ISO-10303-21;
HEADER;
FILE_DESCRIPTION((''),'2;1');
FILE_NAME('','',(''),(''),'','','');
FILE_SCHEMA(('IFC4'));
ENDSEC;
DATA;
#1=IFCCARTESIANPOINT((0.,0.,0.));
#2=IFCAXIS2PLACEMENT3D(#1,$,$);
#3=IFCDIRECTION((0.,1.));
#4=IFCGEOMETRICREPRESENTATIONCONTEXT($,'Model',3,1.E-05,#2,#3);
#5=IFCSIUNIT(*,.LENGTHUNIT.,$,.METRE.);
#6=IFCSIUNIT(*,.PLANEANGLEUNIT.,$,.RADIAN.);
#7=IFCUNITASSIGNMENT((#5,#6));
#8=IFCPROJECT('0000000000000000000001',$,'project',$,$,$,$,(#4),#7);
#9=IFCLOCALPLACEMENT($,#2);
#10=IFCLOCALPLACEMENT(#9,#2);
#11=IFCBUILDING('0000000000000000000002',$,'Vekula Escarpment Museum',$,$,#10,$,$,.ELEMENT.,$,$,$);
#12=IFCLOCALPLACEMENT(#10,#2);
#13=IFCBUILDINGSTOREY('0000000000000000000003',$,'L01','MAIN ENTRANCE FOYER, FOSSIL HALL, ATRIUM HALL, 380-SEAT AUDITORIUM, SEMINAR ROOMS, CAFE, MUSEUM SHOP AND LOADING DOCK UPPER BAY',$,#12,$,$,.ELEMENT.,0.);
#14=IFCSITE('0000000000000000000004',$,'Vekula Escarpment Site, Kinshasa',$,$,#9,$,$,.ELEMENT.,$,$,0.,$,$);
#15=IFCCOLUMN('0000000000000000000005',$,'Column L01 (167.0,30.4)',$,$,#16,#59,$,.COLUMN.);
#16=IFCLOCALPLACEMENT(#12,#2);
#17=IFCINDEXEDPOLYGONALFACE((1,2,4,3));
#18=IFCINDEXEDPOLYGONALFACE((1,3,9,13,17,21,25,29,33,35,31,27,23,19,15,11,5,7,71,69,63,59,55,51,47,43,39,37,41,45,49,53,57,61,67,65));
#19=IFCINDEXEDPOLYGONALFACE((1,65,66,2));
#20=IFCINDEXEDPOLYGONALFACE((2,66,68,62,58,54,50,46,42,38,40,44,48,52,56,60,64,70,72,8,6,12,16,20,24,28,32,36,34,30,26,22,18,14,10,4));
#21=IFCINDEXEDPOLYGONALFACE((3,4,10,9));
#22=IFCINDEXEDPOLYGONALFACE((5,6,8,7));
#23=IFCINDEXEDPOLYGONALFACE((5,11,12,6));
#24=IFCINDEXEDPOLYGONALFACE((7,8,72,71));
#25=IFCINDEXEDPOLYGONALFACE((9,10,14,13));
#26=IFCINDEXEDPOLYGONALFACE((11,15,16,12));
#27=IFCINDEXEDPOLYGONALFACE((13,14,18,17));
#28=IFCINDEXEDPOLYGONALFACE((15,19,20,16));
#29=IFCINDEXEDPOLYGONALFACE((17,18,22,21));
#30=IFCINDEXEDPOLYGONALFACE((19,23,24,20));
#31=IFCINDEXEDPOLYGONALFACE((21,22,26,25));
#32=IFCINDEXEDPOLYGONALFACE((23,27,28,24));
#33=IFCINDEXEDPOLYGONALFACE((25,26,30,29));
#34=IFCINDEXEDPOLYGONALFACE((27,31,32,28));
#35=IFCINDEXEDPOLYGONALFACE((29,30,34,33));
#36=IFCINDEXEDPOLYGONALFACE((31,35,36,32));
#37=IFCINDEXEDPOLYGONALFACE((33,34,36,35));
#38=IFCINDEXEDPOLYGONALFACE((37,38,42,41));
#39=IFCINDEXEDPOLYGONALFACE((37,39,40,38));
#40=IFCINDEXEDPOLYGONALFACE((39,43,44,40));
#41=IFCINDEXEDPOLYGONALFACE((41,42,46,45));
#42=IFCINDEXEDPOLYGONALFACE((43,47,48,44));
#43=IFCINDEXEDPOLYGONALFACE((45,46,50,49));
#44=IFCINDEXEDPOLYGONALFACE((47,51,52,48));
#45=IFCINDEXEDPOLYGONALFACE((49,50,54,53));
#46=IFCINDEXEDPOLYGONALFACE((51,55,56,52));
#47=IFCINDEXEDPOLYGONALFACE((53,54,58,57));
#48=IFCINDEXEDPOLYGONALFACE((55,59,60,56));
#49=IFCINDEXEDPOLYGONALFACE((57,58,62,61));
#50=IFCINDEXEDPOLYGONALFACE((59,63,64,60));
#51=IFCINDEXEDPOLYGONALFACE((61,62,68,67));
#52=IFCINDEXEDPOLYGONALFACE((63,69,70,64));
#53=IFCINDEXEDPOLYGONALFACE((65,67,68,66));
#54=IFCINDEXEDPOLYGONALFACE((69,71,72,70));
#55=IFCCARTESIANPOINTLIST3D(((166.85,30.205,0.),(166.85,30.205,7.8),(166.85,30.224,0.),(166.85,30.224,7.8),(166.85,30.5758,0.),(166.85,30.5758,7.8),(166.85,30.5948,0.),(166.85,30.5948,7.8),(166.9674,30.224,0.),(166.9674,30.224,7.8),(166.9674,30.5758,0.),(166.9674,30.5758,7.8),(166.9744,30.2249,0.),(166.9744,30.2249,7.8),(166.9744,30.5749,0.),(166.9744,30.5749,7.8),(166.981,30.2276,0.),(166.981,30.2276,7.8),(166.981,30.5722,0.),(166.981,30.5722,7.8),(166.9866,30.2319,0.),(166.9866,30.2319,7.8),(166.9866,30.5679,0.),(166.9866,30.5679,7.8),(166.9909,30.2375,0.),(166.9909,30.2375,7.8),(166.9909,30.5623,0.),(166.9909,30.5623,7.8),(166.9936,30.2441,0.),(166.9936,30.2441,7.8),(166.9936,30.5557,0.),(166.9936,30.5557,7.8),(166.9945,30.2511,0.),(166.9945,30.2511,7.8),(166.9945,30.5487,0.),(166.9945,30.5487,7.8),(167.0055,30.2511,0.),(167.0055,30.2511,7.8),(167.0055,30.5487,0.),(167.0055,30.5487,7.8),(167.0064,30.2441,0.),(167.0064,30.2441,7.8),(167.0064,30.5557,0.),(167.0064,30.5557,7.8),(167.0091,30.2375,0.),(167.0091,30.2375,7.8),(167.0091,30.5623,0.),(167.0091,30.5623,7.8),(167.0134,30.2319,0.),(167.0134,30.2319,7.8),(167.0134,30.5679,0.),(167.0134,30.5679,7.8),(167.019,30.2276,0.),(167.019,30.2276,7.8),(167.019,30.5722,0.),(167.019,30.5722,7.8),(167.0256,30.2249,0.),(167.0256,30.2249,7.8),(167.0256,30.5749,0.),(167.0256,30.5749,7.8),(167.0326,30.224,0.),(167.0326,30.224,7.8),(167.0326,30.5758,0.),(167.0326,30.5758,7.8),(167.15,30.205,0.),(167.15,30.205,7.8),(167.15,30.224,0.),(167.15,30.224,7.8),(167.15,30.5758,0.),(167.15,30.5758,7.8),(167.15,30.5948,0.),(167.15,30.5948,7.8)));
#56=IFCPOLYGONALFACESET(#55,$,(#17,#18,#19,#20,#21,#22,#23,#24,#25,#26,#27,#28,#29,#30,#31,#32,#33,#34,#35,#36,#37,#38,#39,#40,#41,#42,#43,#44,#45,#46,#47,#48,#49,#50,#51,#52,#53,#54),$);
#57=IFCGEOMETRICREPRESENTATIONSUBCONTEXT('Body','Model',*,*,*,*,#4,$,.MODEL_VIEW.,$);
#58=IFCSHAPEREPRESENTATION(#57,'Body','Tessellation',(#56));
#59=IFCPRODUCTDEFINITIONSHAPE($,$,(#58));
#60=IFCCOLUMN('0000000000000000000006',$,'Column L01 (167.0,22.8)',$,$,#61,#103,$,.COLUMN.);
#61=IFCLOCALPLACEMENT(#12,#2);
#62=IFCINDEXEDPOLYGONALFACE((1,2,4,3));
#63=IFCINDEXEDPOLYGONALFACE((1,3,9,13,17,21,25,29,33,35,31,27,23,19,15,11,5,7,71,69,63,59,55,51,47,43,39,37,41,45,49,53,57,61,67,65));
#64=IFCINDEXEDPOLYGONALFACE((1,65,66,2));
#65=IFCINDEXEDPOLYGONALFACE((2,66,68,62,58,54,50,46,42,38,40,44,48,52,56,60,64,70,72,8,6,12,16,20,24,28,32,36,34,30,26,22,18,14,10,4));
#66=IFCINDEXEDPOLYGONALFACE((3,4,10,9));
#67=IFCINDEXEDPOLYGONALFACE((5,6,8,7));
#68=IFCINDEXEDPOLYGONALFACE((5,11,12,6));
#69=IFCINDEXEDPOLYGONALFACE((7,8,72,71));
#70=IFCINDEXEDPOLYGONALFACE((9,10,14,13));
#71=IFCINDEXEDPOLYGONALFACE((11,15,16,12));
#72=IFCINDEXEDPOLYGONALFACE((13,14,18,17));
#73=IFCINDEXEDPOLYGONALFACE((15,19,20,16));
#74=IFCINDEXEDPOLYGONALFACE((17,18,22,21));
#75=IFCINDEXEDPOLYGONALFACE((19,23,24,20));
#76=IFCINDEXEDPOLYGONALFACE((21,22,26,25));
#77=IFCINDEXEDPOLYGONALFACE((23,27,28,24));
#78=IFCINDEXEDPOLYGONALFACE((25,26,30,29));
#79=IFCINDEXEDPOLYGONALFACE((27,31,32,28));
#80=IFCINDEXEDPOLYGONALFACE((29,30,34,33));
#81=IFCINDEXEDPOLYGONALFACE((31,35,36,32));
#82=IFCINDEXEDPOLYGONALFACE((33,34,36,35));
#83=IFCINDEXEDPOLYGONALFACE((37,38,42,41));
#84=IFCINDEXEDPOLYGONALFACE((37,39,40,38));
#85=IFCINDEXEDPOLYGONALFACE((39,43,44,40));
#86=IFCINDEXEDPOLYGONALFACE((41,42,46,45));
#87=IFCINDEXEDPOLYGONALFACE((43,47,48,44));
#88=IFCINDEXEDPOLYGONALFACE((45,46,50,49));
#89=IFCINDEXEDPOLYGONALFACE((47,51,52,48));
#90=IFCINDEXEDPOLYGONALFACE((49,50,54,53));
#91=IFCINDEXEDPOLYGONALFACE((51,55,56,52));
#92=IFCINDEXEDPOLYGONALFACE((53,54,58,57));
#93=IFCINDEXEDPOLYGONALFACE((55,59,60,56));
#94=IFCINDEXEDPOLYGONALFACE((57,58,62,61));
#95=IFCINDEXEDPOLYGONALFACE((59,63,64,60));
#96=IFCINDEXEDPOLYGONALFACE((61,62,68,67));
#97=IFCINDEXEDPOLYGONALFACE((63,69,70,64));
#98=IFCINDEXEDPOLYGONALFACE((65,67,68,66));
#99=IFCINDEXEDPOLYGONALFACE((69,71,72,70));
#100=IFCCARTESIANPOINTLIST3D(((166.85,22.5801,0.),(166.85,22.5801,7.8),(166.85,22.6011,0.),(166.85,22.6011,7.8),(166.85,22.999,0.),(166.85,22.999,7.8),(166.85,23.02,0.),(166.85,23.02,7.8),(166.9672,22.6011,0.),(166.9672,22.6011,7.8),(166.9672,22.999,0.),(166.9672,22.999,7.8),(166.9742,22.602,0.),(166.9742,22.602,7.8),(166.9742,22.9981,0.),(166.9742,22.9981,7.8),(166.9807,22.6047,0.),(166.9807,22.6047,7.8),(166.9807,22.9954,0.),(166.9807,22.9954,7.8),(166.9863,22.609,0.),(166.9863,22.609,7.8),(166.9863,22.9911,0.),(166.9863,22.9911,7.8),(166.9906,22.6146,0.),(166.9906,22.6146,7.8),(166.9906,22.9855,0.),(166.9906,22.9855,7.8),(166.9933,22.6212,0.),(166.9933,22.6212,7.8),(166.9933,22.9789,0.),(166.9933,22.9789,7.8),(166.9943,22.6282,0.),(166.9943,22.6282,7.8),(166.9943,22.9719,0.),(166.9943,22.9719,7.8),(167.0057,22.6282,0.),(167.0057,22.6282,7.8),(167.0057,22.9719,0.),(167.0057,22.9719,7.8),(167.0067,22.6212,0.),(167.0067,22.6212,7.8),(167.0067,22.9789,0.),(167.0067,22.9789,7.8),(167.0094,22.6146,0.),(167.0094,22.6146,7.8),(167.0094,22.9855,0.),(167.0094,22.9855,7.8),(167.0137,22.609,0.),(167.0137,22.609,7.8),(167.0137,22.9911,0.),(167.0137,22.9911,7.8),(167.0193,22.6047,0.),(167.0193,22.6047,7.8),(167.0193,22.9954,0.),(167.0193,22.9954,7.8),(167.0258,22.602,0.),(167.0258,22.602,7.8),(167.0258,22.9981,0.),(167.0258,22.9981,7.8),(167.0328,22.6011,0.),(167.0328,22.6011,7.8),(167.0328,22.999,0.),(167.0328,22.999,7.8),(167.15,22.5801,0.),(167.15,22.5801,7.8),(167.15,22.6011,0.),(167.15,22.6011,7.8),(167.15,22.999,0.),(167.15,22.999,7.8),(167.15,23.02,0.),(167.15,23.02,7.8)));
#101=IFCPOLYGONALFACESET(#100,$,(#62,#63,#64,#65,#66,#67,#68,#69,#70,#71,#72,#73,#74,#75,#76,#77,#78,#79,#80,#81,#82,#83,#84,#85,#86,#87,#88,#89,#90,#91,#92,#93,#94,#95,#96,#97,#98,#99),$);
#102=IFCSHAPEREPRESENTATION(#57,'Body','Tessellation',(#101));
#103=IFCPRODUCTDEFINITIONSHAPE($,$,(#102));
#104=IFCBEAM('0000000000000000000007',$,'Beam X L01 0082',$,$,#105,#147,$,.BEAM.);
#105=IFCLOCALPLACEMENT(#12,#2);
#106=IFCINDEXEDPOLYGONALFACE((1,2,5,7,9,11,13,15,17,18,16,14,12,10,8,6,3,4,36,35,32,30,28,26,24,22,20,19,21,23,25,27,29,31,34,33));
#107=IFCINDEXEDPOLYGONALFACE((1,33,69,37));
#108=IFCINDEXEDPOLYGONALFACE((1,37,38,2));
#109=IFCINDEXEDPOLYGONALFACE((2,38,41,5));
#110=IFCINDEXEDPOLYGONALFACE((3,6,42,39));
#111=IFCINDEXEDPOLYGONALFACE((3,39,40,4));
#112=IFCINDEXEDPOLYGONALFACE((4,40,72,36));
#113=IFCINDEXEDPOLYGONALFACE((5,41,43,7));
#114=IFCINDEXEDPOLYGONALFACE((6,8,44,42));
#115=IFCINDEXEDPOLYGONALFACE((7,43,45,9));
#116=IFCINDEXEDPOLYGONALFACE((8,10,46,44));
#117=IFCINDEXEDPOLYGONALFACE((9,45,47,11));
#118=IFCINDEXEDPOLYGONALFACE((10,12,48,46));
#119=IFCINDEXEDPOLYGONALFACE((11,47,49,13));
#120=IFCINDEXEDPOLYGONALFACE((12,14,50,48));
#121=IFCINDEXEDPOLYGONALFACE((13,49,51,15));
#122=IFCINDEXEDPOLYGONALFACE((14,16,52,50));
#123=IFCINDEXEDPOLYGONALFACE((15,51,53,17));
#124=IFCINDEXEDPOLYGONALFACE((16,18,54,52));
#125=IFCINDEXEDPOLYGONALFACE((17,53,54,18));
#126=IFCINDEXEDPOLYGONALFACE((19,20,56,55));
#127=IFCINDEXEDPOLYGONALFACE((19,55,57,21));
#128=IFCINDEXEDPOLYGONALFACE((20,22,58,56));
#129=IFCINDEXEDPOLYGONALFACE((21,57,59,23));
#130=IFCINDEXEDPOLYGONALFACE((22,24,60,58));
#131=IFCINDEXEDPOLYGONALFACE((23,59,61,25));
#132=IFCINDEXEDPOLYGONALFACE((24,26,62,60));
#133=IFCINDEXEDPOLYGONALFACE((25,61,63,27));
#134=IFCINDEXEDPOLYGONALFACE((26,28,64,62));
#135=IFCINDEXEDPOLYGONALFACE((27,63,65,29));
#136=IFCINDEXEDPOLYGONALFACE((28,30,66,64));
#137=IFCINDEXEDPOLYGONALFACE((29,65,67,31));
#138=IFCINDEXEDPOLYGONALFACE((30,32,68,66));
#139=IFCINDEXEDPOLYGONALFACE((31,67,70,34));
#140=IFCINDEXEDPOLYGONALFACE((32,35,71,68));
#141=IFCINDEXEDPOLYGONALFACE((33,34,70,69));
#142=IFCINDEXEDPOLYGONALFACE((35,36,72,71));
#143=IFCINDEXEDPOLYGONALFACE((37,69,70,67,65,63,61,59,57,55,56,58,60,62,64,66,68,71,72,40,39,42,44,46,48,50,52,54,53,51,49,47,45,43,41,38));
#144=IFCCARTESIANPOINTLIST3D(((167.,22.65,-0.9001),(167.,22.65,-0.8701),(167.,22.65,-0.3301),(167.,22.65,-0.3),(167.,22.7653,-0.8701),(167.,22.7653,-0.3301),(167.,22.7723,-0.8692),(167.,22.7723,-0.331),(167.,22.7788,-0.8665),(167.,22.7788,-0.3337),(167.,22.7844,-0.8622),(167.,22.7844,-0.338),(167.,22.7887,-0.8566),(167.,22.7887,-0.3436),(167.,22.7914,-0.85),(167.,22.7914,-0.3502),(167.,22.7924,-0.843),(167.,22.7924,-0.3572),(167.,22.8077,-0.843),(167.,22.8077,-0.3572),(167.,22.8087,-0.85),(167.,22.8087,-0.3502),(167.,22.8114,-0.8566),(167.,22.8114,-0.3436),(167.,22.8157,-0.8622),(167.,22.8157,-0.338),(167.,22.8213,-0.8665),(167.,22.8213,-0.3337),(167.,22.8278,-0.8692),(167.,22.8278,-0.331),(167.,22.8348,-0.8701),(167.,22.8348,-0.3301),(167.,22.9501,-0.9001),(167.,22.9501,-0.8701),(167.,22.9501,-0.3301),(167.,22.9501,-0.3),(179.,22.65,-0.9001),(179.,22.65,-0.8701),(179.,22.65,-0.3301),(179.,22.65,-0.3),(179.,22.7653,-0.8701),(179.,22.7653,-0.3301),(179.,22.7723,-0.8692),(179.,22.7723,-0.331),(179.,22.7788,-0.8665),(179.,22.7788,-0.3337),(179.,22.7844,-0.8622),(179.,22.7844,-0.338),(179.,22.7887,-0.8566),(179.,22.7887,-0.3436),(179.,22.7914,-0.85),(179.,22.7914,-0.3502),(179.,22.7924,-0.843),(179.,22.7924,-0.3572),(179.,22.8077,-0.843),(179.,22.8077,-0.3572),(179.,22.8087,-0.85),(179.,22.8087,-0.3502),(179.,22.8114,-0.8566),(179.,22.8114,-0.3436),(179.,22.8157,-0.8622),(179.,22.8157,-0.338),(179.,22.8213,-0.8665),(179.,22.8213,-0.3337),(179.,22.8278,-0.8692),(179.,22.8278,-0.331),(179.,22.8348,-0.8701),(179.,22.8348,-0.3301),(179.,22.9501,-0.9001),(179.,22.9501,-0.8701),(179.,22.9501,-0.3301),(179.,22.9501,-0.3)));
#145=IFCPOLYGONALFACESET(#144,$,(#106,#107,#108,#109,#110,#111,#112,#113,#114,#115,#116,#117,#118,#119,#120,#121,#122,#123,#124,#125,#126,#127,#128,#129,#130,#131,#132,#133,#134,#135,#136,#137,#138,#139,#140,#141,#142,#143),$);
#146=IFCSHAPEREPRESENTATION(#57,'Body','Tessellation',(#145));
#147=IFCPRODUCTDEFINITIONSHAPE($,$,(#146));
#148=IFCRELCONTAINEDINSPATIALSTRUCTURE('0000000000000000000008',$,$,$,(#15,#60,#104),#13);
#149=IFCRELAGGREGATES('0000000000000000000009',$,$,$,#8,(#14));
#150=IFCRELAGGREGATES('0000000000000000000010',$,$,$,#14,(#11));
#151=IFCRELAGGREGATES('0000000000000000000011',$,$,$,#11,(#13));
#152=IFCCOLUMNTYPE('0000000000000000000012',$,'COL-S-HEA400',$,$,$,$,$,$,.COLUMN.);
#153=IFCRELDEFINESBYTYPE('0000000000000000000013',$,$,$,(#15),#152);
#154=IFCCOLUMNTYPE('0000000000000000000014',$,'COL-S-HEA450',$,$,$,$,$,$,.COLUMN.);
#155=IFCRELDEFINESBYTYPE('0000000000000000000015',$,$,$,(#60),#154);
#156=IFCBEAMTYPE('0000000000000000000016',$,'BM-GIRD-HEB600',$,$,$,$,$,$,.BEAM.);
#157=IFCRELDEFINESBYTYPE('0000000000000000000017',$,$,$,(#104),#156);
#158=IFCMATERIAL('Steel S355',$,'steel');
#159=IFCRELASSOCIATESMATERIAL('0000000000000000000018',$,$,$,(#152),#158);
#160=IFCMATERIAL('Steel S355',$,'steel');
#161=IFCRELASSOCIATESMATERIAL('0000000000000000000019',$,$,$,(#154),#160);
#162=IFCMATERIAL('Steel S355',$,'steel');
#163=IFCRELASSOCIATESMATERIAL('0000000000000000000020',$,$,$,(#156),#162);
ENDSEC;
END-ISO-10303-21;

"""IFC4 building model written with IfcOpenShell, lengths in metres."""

from ifc_helpers import new_model, si_unit, direction, frame, origin, origin_2d, place, context, subcontext, project, spatial, i_section, extrude, material, material_profile, profile_set, type_object, element, save


model = new_model("IFC4")

# Units and contexts
model_context = context("Model", 3, precision=1e-05, world=origin(), true_north=direction((0.0, 1.0)))
body_context = subcontext(model_context, "Body", "Model", "MODEL_VIEW")
ifc_project = project(units=[si_unit("LENGTHUNIT", "METRE"), si_unit("PLANEANGLEUNIT", "RADIAN")], contexts=[model_context])

# Site, building, storey
site_placement = place(None, origin())
site = spatial("IfcSite", under=ifc_project, at=site_placement, Name="Vekula Escarpment Site, Kinshasa", CompositionType="ELEMENT", RefElevation=0.0)
building_placement = place(site_placement, origin())
building = spatial("IfcBuilding", under=site, at=building_placement, Name="Vekula Escarpment Museum", CompositionType="ELEMENT")
storey_placement = place(building_placement, origin())
storey = spatial("IfcBuildingStorey", under=building, at=storey_placement, Name="L01", Description="MAIN ENTRANCE FOYER, FOSSIL HALL, ATRIUM HALL, 380-SEAT AUDITORIUM, SEMINAR ROOMS, CAFE, MUSEUM SHOP AND LOADING DOCK UPPER BAY", CompositionType="ELEMENT", Elevation=0.0)

# Columns
ifc_material_1 = material(Name="Steel S355", Category="steel")
ifc_material_profile_1 = material_profile(ifc_material_1, i_section(OverallWidth=0.3, OverallDepth=0.3899, WebThickness=0.011, FlangeThickness=0.019, FilletRadius=0.0271, at=origin_2d()), Name="HEA 400")
ifc_profile_set_1 = profile_set([ifc_material_profile_1], Name="Steel S355")
column_type_1 = type_object("IfcColumnType", Name="COL-S-HEA400", PredefinedType="COLUMN", material=ifc_profile_set_1)
column_1_placement = place(storey_placement, frame((167.0, 30.3999, 0.0), z_axis=(0.0, 0.0, 1.0), x_axis=(1.0, 0.0, 0.0)))
element("IfcColumn", 1, at=column_1_placement, inside=storey, type_object=column_type_1, Name="Column L01 (167.0,30.4)", PredefinedType="COLUMN", context=body_context, shape_type="SweptSolid", body=[
    extrude(i_section(OverallWidth=0.3, OverallDepth=0.3899, WebThickness=0.011, FlangeThickness=0.019, FilletRadius=0.0271, at=origin_2d()), origin(), (0.0, 0.0, 1.0), 7.8),
])
ifc_material_2 = material(Name="Steel S355", Category="steel")
ifc_material_profile_2 = material_profile(ifc_material_2, i_section(OverallWidth=0.3, OverallDepth=0.4399, WebThickness=0.0115, FlangeThickness=0.021, FilletRadius=0.0271, at=origin_2d()), Name="HEA 450")
ifc_profile_set_2 = profile_set([ifc_material_profile_2], Name="Steel S355")
column_type_2 = type_object("IfcColumnType", Name="COL-S-HEA450", PredefinedType="COLUMN", material=ifc_profile_set_2)
column_2_placement = place(storey_placement, frame((167.0, 22.8, 0.0), z_axis=(0.0, 0.0, 1.0), x_axis=(1.0, 0.0, 0.0)))
element("IfcColumn", 2, at=column_2_placement, inside=storey, type_object=column_type_2, Name="Column L01 (167.0,22.8)", PredefinedType="COLUMN", context=body_context, shape_type="SweptSolid", body=[
    extrude(i_section(OverallWidth=0.3, OverallDepth=0.4399, WebThickness=0.0115, FlangeThickness=0.021, FilletRadius=0.0271, at=origin_2d()), origin(), (0.0, 0.0, 1.0), 7.8),
])

# Beam
ifc_material_3 = material(Name="Steel S355", Category="steel")
ifc_material_profile_3 = material_profile(ifc_material_3, i_section(OverallWidth=0.3, OverallDepth=0.6001, WebThickness=0.0154, FlangeThickness=0.03, FilletRadius=0.0271, at=origin_2d()), Name="HEB 600")
ifc_profile_set_3 = profile_set([ifc_material_profile_3], Name="Steel S355")
beam_type_1 = type_object("IfcBeamType", Name="BM-GIRD-HEB600", PredefinedType="BEAM", material=ifc_profile_set_3)
beam_1_placement = place(storey_placement, frame((167.0, 22.8, -0.6001), z_axis=(1.0, 0.0, 0.0), x_axis=(0.0, 1.0, 0.0)))
element("IfcBeam", 3, at=beam_1_placement, inside=storey, type_object=beam_type_1, Name="Beam X L01 0082", PredefinedType="BEAM", context=body_context, shape_type="SweptSolid", body=[
    extrude(i_section(OverallWidth=0.3, OverallDepth=0.6001, WebThickness=0.0154, FlangeThickness=0.03, FilletRadius=0.0271, at=origin_2d()), origin(), (0.0, 0.0, 1.0), 12.0),
])

save(model, "model.ifc")
